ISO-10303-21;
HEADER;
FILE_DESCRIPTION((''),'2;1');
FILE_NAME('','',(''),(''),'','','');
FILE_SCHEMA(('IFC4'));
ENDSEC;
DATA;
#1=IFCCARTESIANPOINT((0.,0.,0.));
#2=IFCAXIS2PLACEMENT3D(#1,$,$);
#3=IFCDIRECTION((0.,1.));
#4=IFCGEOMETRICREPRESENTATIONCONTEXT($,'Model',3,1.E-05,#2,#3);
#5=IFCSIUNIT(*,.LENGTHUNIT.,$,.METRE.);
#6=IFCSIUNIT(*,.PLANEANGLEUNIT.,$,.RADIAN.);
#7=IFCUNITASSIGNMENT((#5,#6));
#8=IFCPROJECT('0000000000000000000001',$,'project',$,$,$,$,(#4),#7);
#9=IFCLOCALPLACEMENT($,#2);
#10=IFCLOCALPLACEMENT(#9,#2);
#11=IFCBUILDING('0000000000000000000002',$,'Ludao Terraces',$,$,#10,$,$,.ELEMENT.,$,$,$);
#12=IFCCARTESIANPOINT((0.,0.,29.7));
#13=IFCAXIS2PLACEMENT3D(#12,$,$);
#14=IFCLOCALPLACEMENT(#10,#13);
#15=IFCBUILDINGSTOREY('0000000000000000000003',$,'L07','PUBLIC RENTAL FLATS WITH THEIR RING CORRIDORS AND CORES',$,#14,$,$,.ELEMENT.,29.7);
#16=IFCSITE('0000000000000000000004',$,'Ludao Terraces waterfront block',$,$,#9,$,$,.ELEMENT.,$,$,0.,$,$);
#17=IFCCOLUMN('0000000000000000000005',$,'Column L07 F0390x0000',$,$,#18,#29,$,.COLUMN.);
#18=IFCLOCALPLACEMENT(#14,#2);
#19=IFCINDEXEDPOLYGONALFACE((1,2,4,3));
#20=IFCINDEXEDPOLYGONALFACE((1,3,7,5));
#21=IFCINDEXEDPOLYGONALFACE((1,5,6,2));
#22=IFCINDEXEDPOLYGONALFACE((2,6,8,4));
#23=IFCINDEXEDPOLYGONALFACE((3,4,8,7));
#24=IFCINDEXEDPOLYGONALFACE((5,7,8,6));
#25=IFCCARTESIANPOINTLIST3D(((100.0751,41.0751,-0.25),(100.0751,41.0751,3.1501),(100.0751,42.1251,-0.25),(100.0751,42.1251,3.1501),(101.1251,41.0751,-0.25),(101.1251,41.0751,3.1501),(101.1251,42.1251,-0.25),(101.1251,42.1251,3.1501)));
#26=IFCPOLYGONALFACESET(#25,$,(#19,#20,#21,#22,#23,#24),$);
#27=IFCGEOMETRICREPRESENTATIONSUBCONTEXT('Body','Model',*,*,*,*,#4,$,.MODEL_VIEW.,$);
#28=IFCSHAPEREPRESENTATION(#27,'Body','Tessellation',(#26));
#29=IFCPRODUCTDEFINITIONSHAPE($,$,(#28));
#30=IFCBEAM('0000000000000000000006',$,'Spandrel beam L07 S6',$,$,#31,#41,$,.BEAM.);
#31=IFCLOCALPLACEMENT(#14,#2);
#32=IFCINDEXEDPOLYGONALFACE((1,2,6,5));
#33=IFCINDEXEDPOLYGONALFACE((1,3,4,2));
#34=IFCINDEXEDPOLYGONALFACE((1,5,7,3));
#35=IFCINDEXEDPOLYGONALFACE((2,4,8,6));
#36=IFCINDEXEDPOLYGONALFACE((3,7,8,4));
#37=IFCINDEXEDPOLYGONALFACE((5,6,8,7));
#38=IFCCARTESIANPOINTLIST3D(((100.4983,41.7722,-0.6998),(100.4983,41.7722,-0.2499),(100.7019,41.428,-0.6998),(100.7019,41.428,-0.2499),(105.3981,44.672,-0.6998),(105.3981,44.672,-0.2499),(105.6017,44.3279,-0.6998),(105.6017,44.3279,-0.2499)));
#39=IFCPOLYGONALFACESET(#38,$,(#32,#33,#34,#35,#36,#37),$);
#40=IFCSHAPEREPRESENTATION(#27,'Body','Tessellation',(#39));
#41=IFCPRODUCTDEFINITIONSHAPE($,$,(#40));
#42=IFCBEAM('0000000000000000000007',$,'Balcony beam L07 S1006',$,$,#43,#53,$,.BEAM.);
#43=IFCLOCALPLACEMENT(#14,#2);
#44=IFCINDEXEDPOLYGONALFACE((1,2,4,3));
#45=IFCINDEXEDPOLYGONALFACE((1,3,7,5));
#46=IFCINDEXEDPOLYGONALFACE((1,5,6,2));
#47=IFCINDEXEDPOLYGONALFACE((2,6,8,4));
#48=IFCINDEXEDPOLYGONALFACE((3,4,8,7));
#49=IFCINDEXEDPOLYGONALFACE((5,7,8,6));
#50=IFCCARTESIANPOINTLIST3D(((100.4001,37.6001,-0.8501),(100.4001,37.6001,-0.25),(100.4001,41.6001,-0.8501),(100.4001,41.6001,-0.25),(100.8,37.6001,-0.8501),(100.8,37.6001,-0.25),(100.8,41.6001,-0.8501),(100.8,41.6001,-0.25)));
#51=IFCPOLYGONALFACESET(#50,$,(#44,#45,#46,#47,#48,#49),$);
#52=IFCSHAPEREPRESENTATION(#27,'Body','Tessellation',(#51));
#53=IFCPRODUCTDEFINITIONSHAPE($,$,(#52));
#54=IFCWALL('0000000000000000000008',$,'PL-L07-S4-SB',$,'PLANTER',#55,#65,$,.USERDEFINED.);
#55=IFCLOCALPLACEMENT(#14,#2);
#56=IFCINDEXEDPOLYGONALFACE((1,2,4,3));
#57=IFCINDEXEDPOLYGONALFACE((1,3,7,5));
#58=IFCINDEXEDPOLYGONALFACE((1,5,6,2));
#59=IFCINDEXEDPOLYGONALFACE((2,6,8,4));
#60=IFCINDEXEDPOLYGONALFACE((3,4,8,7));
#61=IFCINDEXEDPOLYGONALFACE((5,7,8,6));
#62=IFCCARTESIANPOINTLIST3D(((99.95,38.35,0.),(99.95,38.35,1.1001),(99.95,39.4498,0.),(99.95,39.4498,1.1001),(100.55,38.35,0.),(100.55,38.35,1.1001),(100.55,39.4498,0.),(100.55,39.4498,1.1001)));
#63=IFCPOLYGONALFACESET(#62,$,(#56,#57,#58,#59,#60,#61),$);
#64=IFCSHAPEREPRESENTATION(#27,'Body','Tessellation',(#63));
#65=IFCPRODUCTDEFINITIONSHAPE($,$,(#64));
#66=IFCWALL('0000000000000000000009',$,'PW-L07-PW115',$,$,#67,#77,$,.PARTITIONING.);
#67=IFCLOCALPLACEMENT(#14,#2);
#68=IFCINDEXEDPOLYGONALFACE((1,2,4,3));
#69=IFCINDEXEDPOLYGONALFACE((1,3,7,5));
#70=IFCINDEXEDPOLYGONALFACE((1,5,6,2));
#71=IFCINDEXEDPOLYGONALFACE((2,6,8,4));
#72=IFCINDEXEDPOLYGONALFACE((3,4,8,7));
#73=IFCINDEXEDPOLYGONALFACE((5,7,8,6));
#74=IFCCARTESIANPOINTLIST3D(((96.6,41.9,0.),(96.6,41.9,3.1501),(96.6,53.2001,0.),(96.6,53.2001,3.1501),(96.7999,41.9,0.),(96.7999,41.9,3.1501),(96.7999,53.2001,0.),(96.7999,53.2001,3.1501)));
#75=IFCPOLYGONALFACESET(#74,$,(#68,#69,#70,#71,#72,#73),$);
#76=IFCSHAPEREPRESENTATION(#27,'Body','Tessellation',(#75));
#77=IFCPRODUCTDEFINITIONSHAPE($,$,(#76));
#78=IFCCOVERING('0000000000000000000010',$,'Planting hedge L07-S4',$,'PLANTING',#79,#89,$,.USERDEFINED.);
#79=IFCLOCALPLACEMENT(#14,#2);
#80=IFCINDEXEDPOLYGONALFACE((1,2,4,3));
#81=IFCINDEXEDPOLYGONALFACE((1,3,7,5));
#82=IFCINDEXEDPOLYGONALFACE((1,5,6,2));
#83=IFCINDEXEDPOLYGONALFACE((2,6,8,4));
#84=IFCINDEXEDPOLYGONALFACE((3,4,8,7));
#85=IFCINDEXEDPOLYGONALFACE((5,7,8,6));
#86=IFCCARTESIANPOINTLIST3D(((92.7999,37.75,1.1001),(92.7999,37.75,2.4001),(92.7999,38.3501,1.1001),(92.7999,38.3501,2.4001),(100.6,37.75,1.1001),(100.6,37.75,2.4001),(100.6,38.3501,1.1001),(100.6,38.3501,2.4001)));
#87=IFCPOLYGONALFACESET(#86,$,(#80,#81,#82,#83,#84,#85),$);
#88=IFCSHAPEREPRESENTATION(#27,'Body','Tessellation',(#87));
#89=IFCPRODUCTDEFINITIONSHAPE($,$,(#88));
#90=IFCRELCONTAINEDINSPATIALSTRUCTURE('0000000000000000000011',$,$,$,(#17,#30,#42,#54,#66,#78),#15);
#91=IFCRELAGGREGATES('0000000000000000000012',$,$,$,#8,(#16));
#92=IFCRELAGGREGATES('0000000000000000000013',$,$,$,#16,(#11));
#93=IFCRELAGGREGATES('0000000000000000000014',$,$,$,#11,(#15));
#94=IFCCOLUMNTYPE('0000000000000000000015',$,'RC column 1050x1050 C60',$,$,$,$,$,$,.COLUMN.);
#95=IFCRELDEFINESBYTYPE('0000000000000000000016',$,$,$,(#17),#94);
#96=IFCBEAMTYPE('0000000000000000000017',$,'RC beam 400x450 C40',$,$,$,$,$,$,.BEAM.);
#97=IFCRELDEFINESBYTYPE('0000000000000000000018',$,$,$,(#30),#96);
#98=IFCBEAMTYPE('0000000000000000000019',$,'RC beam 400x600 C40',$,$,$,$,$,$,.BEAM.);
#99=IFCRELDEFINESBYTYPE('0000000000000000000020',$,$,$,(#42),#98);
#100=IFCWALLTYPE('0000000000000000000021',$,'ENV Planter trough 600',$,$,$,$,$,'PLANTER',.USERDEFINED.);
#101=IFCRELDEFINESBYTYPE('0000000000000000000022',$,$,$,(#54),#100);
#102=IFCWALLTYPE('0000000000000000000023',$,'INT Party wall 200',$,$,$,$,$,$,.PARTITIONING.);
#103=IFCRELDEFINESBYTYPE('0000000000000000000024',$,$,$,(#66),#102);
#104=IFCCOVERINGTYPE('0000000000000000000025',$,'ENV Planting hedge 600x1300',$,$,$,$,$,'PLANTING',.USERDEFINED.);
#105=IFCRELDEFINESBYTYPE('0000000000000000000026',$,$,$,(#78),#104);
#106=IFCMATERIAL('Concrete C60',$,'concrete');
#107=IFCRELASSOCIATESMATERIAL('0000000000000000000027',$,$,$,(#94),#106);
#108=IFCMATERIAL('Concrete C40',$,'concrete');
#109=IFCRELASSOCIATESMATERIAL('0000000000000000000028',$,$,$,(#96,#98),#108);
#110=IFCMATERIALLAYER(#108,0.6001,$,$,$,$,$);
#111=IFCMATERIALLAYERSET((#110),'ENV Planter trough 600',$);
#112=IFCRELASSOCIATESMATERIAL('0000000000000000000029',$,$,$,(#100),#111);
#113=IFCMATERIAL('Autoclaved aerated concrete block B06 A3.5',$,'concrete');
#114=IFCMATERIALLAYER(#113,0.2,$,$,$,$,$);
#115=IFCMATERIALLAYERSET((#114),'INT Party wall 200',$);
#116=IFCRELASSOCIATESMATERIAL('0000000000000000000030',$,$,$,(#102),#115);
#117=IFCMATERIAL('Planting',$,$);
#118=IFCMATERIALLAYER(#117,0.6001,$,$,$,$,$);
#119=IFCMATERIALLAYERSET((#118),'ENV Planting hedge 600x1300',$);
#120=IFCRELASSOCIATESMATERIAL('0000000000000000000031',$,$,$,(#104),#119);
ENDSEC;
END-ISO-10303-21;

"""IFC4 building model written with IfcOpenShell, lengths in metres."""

from ifc_helpers import new_model, si_unit, direction, frame, frame_2d, origin, origin_2d, place, context, subcontext, project, spatial, rectangle, extrude, material, layer, layer_set, material_profile, profile_set, type_object, element, save


model = new_model("IFC4")

# Units and contexts
model_context = context("Model", 3, precision=1e-05, world=origin(), true_north=direction((0.0, 1.0)))
body_context = subcontext(model_context, "Body", "Model", "MODEL_VIEW")
ifc_project = project(units=[si_unit("LENGTHUNIT", "METRE"), si_unit("PLANEANGLEUNIT", "RADIAN")], contexts=[model_context])

# Site, building, storey
site_placement = place(None, origin())
site = spatial("IfcSite", under=ifc_project, at=site_placement, Name="Ludao Terraces waterfront block", CompositionType="ELEMENT", RefElevation=0.0)
building_placement = place(site_placement, origin())
building = spatial("IfcBuilding", under=site, at=building_placement, Name="Ludao Terraces", CompositionType="ELEMENT")
storey_placement = place(building_placement, frame((0.0, 0.0, 29.7)))
storey = spatial("IfcBuildingStorey", under=building, at=storey_placement, Name="L07", Description="PUBLIC RENTAL FLATS WITH THEIR RING CORRIDORS AND CORES", CompositionType="ELEMENT", Elevation=29.7)

# Column
ifc_material_1 = material(Name="Concrete C60", Category="concrete")
ifc_material_profile_1 = material_profile(ifc_material_1, rectangle(XDim=1.05, YDim=1.05, at=origin_2d()), Name="1050 X 1050")
ifc_profile_set_1 = profile_set([ifc_material_profile_1], Name="Concrete C60")
column_type = type_object("IfcColumnType", Name="RC column 1050x1050 C60", PredefinedType="COLUMN", material=ifc_profile_set_1)
column_placement = place(storey_placement, frame((100.6001, 41.6001, -0.25), z_axis=(0.0, 0.0, 1.0), x_axis=(1.0, 0.0, 0.0)))
element("IfcColumn", 1, at=column_placement, inside=storey, type_object=column_type, Name="Column L07 F0390x0000", PredefinedType="COLUMN", context=body_context, shape_type="SweptSolid", body=[
    extrude(rectangle(XDim=1.05, YDim=1.05, at=origin_2d()), origin(), (0.0, 0.0, 1.0), 3.4001),
])

# Beams
ifc_material_2 = material(Name="Concrete C40", Category="concrete")
ifc_material_profile_2 = material_profile(ifc_material_2, rectangle(XDim=0.3999, YDim=0.45, at=origin_2d()), Name="400 X 450")
ifc_profile_set_2 = profile_set([ifc_material_profile_2], Name="Concrete C40")
beam_type_1 = type_object("IfcBeamType", Name="RC beam 400x450 C40", PredefinedType="BEAM", material=ifc_profile_set_2)
beam_1_placement = place(storey_placement, frame((100.6001, 41.6001, -0.4749), z_axis=(0.86058, 0.509316, 0.0), x_axis=(-0.509316, 0.86058, 0.0)))
element("IfcBeam", 2, at=beam_1_placement, inside=storey, type_object=beam_type_1, Name="Spandrel beam L07 S6", PredefinedType="BEAM", context=body_context, shape_type="SweptSolid", body=[
    extrude(rectangle(XDim=0.3999, YDim=0.45, at=origin_2d()), origin(), (0.0, 0.0, 1.0), 5.6936),
])
ifc_material_profile_3 = material_profile(ifc_material_2, rectangle(XDim=0.3999, YDim=0.6001, at=origin_2d()), Name="400 X 600")
ifc_profile_set_3 = profile_set([ifc_material_profile_3], Name="Concrete C40")
beam_type_2 = type_object("IfcBeamType", Name="RC beam 400x600 C40", PredefinedType="BEAM", material=ifc_profile_set_3)
beam_2_placement = place(storey_placement, frame((100.6001, 41.6001, -0.55), z_axis=(0.0, -1.0, 0.0), x_axis=(1.0, 0.0, 0.0)))
element("IfcBeam", 3, at=beam_2_placement, inside=storey, type_object=beam_type_2, Name="Balcony beam L07 S1006", PredefinedType="BEAM", context=body_context, shape_type="SweptSolid", body=[
    extrude(rectangle(XDim=0.3999, YDim=0.6001, at=origin_2d()), origin(), (0.0, 0.0, 1.0), 4.0),
])

# Walls
ifc_layer_1 = layer(ifc_material_2, 0.6001)
ifc_layer_set_1 = layer_set([ifc_layer_1], Name="ENV Planter trough 600")
wall_type_1 = type_object("IfcWallType", Name="ENV Planter trough 600", ElementType="PLANTER", PredefinedType="USERDEFINED", material=ifc_layer_set_1)
wall_1_placement = place(storey_placement, frame((100.25, 38.3501, 0.0), z_axis=(0.0, 0.0, 1.0), x_axis=(0.0, 1.0, 0.0)))
element("IfcWall", 4, at=wall_1_placement, inside=storey, type_object=wall_type_1, Name="PL-L07-S4-SB", ObjectType="PLANTER", PredefinedType="USERDEFINED", context=body_context, shape_type="SweptSolid", body=[
    extrude(rectangle(XDim=1.0999, YDim=0.6001, at=frame_2d((0.5498, 0.0))), origin(), (0.0, 0.0, 1.0), 1.1001),
])
ifc_material_3 = material(Name="Autoclaved aerated concrete block B06 A3.5", Category="concrete")
ifc_layer_2 = layer(ifc_material_3, 0.2)
ifc_layer_set_2 = layer_set([ifc_layer_2], Name="INT Party wall 200")
wall_type_2 = type_object("IfcWallType", Name="INT Party wall 200", PredefinedType="PARTITIONING", material=ifc_layer_set_2)
wall_2_placement = place(storey_placement, frame((96.7, 41.9001, 0.0), z_axis=(0.0, 0.0, 1.0), x_axis=(0.0, 1.0, 0.0)))
element("IfcWall", 5, at=wall_2_placement, inside=storey, type_object=wall_type_2, Name="PW-L07-PW115", PredefinedType="PARTITIONING", context=body_context, shape_type="SweptSolid", body=[
    extrude(rectangle(XDim=11.3, YDim=0.2, at=frame_2d((5.6499, 0.0))), origin(), (0.0, 0.0, 1.0), 3.1501),
])

# Covering
ifc_material_4 = material(Name="Planting")
ifc_layer_3 = layer(ifc_material_4, 0.6001)
ifc_layer_set_3 = layer_set([ifc_layer_3], Name="ENV Planting hedge 600x1300")
covering_type = type_object("IfcCoveringType", Name="ENV Planting hedge 600x1300", ElementType="PLANTING", PredefinedType="USERDEFINED", material=ifc_layer_set_3)
covering_placement = place(storey_placement, frame((96.7, 38.05, 1.1001), z_axis=(0.0, 0.0, 1.0), x_axis=(1.0, 0.0, 0.0)))
element("IfcCovering", 6, at=covering_placement, inside=storey, type_object=covering_type, Name="Planting hedge L07-S4", ObjectType="PLANTING", PredefinedType="USERDEFINED", context=body_context, shape_type="SweptSolid", body=[
    extrude(rectangle(XDim=7.8, YDim=0.6001, at=origin_2d()), origin(), (0.0, 0.0, 1.0), 1.3),
])

save(model, "model.ifc")
